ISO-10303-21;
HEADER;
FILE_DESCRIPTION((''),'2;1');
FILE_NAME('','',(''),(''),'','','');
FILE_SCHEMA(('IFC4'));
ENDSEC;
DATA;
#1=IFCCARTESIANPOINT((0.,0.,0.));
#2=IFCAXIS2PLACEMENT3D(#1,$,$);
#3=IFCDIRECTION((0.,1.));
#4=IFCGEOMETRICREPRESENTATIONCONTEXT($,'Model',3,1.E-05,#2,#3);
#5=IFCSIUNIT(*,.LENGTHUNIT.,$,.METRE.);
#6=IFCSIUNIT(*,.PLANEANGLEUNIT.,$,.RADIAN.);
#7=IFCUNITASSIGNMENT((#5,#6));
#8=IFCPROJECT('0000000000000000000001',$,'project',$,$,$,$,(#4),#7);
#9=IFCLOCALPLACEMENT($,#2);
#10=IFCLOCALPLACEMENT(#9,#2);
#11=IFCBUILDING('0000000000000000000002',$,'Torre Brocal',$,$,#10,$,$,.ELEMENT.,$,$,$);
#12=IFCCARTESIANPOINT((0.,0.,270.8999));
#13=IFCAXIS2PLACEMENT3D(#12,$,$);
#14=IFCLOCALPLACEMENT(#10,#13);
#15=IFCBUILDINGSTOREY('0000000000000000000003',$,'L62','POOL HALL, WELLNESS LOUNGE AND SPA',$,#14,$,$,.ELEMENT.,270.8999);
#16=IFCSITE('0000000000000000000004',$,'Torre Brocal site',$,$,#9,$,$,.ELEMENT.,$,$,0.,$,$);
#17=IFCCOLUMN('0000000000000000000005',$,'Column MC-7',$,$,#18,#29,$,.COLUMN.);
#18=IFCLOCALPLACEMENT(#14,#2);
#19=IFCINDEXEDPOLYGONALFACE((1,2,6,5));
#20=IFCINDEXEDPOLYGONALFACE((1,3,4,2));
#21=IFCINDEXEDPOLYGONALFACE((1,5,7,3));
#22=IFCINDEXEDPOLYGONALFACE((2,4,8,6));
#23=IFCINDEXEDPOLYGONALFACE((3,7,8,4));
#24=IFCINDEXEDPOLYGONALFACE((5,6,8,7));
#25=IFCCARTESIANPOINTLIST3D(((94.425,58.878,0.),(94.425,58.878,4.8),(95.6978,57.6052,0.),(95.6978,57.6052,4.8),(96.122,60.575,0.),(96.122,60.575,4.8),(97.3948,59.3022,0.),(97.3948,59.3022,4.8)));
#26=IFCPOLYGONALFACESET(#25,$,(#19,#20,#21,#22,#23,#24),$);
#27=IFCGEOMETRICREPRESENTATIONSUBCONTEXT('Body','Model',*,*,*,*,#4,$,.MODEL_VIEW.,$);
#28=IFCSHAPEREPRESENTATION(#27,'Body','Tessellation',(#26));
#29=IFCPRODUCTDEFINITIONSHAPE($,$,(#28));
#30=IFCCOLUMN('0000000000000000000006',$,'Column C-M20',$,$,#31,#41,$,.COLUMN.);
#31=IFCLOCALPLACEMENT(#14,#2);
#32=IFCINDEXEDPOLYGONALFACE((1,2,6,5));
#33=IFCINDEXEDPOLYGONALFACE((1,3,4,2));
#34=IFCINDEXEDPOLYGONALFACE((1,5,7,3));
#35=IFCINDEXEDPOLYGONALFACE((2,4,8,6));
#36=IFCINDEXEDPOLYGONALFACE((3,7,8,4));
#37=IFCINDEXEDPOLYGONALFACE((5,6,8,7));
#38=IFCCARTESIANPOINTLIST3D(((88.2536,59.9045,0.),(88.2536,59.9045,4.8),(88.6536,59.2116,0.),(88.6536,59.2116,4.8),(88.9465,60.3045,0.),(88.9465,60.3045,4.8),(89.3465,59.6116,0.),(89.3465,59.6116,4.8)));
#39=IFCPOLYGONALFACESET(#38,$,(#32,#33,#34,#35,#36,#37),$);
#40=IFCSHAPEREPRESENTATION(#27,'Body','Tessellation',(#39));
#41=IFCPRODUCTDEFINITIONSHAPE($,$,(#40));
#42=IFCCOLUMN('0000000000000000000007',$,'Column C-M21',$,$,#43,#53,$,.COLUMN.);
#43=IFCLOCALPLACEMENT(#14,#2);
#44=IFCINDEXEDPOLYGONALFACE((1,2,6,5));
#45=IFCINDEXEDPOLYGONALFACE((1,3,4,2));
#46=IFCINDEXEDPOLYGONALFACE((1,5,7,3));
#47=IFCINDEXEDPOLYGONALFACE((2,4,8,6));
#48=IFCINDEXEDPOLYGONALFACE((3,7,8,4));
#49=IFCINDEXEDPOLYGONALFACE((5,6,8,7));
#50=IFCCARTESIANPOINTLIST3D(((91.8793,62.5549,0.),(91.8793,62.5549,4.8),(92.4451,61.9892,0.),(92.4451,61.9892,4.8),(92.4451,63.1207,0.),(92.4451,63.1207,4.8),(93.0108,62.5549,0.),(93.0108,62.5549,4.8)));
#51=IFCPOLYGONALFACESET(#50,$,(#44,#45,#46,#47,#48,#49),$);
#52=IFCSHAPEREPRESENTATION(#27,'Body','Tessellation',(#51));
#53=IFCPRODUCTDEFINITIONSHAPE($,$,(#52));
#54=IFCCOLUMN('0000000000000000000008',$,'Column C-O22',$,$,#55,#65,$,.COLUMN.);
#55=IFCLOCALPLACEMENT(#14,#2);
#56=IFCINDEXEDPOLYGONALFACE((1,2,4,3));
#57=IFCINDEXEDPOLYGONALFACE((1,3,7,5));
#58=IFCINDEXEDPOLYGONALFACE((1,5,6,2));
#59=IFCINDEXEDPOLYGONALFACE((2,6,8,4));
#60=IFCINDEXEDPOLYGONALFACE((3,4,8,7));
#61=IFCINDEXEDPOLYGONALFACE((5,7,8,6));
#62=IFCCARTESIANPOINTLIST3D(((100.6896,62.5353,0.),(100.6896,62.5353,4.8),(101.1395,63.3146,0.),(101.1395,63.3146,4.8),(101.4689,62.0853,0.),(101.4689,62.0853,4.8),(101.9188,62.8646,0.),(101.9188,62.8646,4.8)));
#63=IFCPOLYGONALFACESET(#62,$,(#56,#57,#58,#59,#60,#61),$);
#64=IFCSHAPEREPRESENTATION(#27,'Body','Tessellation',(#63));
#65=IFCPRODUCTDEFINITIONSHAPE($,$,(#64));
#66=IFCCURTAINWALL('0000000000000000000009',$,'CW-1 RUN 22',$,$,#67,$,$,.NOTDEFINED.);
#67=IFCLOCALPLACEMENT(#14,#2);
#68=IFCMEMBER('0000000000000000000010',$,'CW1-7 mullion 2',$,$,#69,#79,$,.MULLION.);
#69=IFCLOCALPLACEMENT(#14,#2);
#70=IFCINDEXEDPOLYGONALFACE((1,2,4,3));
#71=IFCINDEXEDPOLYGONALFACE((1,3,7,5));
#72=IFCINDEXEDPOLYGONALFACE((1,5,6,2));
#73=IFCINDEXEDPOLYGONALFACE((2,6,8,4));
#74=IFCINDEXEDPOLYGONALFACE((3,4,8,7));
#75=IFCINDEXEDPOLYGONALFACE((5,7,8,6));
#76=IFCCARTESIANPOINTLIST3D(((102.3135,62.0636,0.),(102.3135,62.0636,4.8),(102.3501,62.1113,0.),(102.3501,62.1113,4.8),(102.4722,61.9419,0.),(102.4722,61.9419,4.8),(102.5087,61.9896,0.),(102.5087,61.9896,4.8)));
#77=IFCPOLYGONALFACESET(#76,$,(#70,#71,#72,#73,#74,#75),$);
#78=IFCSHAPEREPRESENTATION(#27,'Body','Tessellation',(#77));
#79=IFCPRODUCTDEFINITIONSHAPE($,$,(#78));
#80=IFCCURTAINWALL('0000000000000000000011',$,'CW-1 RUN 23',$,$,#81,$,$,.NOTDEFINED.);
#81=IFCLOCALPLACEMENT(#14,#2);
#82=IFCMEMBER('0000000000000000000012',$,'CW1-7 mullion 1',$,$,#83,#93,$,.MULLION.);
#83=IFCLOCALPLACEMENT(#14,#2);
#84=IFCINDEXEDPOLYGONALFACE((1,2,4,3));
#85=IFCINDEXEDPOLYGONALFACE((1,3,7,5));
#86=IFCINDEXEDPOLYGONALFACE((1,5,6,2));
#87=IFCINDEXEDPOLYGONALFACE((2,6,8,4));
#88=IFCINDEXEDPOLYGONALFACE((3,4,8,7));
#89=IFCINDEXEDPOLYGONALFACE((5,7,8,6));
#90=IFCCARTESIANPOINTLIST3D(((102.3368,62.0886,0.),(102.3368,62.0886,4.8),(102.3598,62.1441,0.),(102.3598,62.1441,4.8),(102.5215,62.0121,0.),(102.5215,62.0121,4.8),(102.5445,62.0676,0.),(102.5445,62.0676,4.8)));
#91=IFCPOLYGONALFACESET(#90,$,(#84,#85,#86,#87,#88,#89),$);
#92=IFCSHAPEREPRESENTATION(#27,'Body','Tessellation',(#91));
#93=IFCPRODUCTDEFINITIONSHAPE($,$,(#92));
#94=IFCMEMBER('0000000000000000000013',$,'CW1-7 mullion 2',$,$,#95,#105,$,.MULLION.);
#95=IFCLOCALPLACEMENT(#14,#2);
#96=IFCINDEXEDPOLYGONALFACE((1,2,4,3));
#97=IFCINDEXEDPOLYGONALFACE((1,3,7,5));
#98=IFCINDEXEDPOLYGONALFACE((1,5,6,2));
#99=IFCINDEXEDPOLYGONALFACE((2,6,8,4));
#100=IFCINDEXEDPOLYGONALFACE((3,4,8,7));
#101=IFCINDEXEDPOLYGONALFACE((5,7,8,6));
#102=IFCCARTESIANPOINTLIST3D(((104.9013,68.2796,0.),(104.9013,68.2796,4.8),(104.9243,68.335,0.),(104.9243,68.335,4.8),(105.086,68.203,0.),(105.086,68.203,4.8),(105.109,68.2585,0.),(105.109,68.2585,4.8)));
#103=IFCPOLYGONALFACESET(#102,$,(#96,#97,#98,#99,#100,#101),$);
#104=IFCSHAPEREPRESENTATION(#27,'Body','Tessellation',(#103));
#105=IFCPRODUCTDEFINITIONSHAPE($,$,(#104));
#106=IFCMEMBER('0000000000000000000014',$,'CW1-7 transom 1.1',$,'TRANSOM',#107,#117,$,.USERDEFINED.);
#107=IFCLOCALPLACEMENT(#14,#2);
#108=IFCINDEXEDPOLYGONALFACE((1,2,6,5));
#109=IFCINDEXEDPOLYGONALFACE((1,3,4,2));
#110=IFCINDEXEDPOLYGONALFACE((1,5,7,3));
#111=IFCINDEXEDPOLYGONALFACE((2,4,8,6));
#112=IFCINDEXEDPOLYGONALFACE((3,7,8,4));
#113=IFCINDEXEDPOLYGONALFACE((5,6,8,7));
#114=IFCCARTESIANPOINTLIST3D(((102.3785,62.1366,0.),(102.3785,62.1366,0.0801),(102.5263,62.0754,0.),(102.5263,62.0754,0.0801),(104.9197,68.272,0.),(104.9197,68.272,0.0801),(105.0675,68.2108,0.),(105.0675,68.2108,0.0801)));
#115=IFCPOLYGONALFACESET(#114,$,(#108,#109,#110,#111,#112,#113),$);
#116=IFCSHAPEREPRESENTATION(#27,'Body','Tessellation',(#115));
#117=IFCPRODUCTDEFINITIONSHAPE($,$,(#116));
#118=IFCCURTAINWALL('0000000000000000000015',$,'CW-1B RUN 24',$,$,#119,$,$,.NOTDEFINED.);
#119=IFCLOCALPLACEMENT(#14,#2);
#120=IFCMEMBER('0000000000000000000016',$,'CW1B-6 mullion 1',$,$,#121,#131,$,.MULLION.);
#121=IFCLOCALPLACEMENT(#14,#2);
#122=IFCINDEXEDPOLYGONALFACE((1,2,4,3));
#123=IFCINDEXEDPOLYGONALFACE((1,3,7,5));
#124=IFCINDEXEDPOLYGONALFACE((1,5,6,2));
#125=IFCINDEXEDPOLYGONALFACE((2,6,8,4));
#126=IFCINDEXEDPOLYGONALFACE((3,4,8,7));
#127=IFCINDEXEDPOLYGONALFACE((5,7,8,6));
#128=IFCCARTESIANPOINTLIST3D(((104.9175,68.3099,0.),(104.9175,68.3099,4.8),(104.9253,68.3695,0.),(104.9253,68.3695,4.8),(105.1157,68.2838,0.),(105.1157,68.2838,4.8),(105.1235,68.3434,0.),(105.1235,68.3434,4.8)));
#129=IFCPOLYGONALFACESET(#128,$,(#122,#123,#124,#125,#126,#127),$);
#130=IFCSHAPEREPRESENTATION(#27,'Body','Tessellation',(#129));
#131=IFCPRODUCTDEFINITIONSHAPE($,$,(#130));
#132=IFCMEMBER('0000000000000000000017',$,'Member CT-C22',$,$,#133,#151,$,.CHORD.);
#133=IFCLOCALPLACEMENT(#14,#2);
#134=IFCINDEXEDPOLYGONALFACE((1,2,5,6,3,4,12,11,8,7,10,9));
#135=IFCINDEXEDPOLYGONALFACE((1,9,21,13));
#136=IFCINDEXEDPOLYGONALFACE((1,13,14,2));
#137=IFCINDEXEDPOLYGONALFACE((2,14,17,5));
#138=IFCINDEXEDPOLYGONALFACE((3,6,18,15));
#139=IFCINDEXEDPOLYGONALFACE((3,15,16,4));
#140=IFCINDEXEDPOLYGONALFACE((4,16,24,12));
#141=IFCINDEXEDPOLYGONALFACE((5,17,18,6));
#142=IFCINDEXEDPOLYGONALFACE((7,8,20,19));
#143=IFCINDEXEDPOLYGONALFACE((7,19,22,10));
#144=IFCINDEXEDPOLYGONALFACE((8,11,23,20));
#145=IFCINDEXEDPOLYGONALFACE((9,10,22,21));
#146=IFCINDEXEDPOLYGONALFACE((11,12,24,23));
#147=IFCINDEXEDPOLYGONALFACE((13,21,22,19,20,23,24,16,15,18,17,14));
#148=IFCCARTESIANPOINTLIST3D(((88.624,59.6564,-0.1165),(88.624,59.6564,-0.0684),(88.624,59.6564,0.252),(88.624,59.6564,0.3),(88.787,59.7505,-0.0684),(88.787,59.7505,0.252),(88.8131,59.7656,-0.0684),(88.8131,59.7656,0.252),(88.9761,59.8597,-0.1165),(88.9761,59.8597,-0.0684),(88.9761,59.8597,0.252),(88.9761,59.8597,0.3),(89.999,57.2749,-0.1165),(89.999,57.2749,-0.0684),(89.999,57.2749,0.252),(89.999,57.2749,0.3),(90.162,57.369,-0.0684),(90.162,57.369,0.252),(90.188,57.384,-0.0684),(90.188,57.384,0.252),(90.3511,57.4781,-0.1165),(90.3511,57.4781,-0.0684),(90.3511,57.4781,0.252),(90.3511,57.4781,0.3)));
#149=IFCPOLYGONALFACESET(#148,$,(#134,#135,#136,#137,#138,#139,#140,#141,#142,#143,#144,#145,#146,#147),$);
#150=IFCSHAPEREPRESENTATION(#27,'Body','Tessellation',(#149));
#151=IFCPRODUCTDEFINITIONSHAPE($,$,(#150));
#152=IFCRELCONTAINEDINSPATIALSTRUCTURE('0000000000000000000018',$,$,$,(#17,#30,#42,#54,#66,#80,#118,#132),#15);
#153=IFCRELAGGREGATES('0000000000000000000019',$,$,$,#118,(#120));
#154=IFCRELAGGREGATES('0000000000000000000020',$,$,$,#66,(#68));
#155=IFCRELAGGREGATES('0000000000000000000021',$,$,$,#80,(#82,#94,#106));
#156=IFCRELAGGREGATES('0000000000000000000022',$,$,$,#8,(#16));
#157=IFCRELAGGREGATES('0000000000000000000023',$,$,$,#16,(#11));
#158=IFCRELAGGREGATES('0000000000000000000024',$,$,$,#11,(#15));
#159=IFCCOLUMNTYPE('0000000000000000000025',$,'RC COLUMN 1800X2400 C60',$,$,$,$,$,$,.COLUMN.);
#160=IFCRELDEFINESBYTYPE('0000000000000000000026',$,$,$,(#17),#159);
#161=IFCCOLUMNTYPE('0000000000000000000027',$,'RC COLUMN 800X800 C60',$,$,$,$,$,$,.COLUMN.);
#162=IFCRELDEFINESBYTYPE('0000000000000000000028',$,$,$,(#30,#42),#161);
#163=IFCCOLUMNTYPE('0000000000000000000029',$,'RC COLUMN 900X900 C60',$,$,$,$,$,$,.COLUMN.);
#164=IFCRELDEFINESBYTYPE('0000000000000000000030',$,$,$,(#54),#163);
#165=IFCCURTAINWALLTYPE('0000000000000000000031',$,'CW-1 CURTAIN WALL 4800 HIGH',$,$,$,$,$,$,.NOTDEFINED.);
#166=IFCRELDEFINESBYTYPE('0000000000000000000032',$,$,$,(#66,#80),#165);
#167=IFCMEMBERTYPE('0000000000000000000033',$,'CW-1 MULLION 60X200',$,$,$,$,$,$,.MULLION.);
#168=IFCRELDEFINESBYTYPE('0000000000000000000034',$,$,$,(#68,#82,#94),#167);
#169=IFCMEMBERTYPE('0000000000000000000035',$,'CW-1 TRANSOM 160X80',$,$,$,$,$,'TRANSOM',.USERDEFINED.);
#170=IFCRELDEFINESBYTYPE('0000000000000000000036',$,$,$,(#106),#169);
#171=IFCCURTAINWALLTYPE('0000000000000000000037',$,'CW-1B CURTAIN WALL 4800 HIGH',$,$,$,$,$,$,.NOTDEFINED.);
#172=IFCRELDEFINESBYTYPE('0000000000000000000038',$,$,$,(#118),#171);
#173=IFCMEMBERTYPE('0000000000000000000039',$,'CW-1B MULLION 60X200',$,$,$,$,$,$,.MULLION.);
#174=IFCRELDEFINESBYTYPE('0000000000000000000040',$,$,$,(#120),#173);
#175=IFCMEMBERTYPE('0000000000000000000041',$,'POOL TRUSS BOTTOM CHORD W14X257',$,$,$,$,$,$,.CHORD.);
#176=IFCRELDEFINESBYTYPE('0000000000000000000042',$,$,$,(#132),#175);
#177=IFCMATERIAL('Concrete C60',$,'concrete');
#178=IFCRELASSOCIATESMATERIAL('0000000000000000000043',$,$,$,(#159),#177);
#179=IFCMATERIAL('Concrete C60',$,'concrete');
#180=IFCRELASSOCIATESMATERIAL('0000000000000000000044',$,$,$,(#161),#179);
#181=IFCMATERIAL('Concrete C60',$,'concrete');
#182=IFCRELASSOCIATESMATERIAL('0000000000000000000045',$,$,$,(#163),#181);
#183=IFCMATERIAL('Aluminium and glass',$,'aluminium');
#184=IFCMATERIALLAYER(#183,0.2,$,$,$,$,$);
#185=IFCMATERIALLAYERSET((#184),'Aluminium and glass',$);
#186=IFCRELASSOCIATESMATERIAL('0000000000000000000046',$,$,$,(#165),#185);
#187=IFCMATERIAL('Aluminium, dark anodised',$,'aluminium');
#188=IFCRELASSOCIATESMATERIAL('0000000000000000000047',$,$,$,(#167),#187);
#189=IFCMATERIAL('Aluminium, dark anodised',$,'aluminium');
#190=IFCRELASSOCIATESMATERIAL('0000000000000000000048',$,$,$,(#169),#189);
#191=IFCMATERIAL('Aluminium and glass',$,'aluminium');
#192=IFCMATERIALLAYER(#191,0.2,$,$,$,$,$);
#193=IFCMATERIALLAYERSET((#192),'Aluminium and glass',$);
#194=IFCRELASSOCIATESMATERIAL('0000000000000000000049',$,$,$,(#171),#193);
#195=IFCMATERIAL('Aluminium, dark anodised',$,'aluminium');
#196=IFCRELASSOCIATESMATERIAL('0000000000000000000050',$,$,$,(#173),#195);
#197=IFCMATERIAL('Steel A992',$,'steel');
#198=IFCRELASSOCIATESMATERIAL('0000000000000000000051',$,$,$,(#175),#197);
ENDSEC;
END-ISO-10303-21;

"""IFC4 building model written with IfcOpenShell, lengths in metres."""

from ifc_helpers import new_model, si_unit, direction, frame, origin, origin_2d, place, context, subcontext, project, spatial, rectangle, i_section, extrude, material, layer, layer_set, material_profile, profile_set, type_object, element, aggregate, save


model = new_model("IFC4")

# Units and contexts
model_context = context("Model", 3, precision=1e-05, world=origin(), true_north=direction((0.0, 1.0)))
body_context = subcontext(model_context, "Body", "Model", "MODEL_VIEW")
ifc_project = project(units=[si_unit("LENGTHUNIT", "METRE"), si_unit("PLANEANGLEUNIT", "RADIAN")], contexts=[model_context])

# Site, building, storey
site_placement = place(None, origin())
site = spatial("IfcSite", under=ifc_project, at=site_placement, Name="Torre Brocal site", CompositionType="ELEMENT", RefElevation=0.0)
building_placement = place(site_placement, origin())
building = spatial("IfcBuilding", under=site, at=building_placement, Name="Torre Brocal", CompositionType="ELEMENT")
storey_placement = place(building_placement, frame((0.0, 0.0, 270.8999)))
storey = spatial("IfcBuildingStorey", under=building, at=storey_placement, Name="L62", Description="POOL HALL, WELLNESS LOUNGE AND SPA", CompositionType="ELEMENT", Elevation=270.8999)

# Columns
ifc_material_1 = material(Name="Concrete C60", Category="concrete")
ifc_material_profile_1 = material_profile(ifc_material_1, rectangle(XDim=1.8, YDim=2.3999, at=origin_2d()), Name="RC 1800X2400")
ifc_profile_set_1 = profile_set([ifc_material_profile_1], Name="Concrete C60")
column_type_1 = type_object("IfcColumnType", Name="RC COLUMN 1800X2400 C60", PredefinedType="COLUMN", material=ifc_profile_set_1)
column_1_placement = place(storey_placement, frame((95.9099, 59.0901, 0.0), z_axis=(0.0, 0.0, 1.0), x_axis=(0.707107, -0.707107, 0.0)))
element("IfcColumn", 1, at=column_1_placement, inside=storey, type_object=column_type_1, Name="Column MC-7", PredefinedType="COLUMN", context=body_context, shape_type="SweptSolid", body=[
    extrude(rectangle(XDim=1.8, YDim=2.3999, at=origin_2d()), origin(), (0.0, 0.0, 1.0), 4.8),
])
ifc_material_2 = material(Name="Concrete C60", Category="concrete")
ifc_material_profile_2 = material_profile(ifc_material_2, rectangle(XDim=0.8, YDim=0.8, at=origin_2d()), Name="RC 800X800")
ifc_profile_set_2 = profile_set([ifc_material_profile_2], Name="Concrete C60")
column_type_2 = type_object("IfcColumnType", Name="RC COLUMN 800X800 C60", PredefinedType="COLUMN", material=ifc_profile_set_2)
for number, where, z_axis, x_axis, name in (
    (2, (88.8, 59.7581, 0.0), (0.0, 0.0, 1.0), (0.5, -0.866025, 0.0), "Column C-M20"),
    (3, (92.4451, 62.5549, 0.0), (0.0, 0.0, 1.0), (0.707107, -0.707107, 0.0), "Column C-M21"),
):
    element("IfcColumn", number, at=place(storey_placement, frame(where, z_axis=z_axis, x_axis=x_axis)), inside=storey, type_object=column_type_2, Name=name, PredefinedType="COLUMN", context=body_context, shape_type="SweptSolid", body=[
        extrude(rectangle(XDim=0.8, YDim=0.8, at=origin_2d()), origin(), (0.0, 0.0, 1.0), 4.8),
    ])
ifc_material_3 = material(Name="Concrete C60", Category="concrete")
ifc_material_profile_3 = material_profile(ifc_material_3, rectangle(XDim=0.8999, YDim=0.8999, at=origin_2d()), Name="RC 900X900")
ifc_profile_set_3 = profile_set([ifc_material_profile_3], Name="Concrete C60")
column_type_3 = type_object("IfcColumnType", Name="RC COLUMN 900X900 C60", PredefinedType="COLUMN", material=ifc_profile_set_3)
column_2_placement = place(storey_placement, frame((101.3042, 62.7, 0.0), z_axis=(0.0, 0.0, 1.0), x_axis=(0.866025, -0.5, 0.0)))
element("IfcColumn", 4, at=column_2_placement, inside=storey, type_object=column_type_3, Name="Column C-O22", PredefinedType="COLUMN", context=body_context, shape_type="SweptSolid", body=[
    extrude(rectangle(XDim=0.8999, YDim=0.8999, at=origin_2d()), origin(), (0.0, 0.0, 1.0), 4.8),
])

# Curtain wall, member
ifc_material_4 = material(Name="Aluminium and glass", Category="aluminium")
ifc_layer_1 = layer(ifc_material_4, 0.2)
ifc_layer_set_1 = layer_set([ifc_layer_1], Name="Aluminium and glass")
curtain_wall_type_1 = type_object("IfcCurtainWallType", Name="CW-1 CURTAIN WALL 4800 HIGH", PredefinedType="NOTDEFINED", material=ifc_layer_set_1)
curtain_wall_1_placement = place(storey_placement, origin())
curtain_wall_1 = element("IfcCurtainWall", 5, at=curtain_wall_1_placement, inside=storey, type_object=curtain_wall_type_1, Name="CW-1 RUN 22", PredefinedType="NOTDEFINED")
ifc_material_5 = material(Name="Aluminium, dark anodised", Category="aluminium")
ifc_material_profile_4 = material_profile(ifc_material_5, rectangle(XDim=0.2, YDim=0.0601, at=origin_2d()), Name="CW-1 MULLION 60X200")
ifc_profile_set_4 = profile_set([ifc_material_profile_4], Name="Aluminium, dark anodised")
member_type_1 = type_object("IfcMemberType", Name="CW-1 MULLION 60X200", PredefinedType="MULLION", material=ifc_profile_set_4)
member_1_placement = place(storey_placement, frame((102.4111, 62.0266, 0.0), z_axis=(0.0, 0.0, 1.0), x_axis=(-0.793353, 0.608761, 0.0)))
member_1 = element("IfcMember", 6, at=member_1_placement, type_object=member_type_1, Name="CW1-7 mullion 2", PredefinedType="MULLION", context=body_context, shape_type="SweptSolid", body=[
    extrude(rectangle(XDim=0.2, YDim=0.0601, at=origin_2d()), origin(), (0.0, 0.0, 1.0), 4.8),
])

# Curtain wall, members
curtain_wall_2_placement = place(storey_placement, origin())
curtain_wall_2 = element("IfcCurtainWall", 7, at=curtain_wall_2_placement, inside=storey, type_object=curtain_wall_type_1, Name="CW-1 RUN 23", PredefinedType="NOTDEFINED")
member_2_placement = place(storey_placement, frame((102.4407, 62.0781, 0.0), z_axis=(0.0, 0.0, 1.0), x_axis=(-0.92388, 0.382683, 0.0)))
member_2 = element("IfcMember", 8, at=member_2_placement, type_object=member_type_1, Name="CW1-7 mullion 1", PredefinedType="MULLION", context=body_context, shape_type="SweptSolid", body=[
    extrude(rectangle(XDim=0.2, YDim=0.0601, at=origin_2d()), origin(), (0.0, 0.0, 1.0), 4.8),
])
member_3_placement = place(storey_placement, frame((105.0051, 68.269, 0.0), z_axis=(0.0, 0.0, 1.0), x_axis=(-0.92388, 0.382683, 0.0)))
member_3 = element("IfcMember", 9, at=member_3_placement, type_object=member_type_1, Name="CW1-7 mullion 2", PredefinedType="MULLION", context=body_context, shape_type="SweptSolid", body=[
    extrude(rectangle(XDim=0.2, YDim=0.0601, at=origin_2d()), origin(), (0.0, 0.0, 1.0), 4.8),
])
ifc_material_6 = material(Name="Aluminium, dark anodised", Category="aluminium")
ifc_material_profile_5 = material_profile(ifc_material_6, rectangle(XDim=0.1599, YDim=0.0801, at=origin_2d()), Name="CW-1 TRANSOM 160X80")
ifc_profile_set_5 = profile_set([ifc_material_profile_5], Name="Aluminium, dark anodised")
member_type_2 = type_object("IfcMemberType", Name="CW-1 TRANSOM 160X80", ElementType="TRANSOM", PredefinedType="USERDEFINED", material=ifc_profile_set_5)
member_4_placement = place(storey_placement, frame((102.4524, 62.106, 0.04), z_axis=(0.382665, 0.923887, 0.0), x_axis=(-0.923887, 0.382665, 0.0)))
member_4 = element("IfcMember", 10, at=member_4_placement, type_object=member_type_2, Name="CW1-7 transom 1.1", ObjectType="TRANSOM", PredefinedType="USERDEFINED", context=body_context, shape_type="SweptSolid", body=[
    extrude(rectangle(XDim=0.1599, YDim=0.0801, at=origin_2d()), origin(), (0.0, 0.0, 1.0), 6.6409),
])

# Curtain wall, member
ifc_material_7 = material(Name="Aluminium and glass", Category="aluminium")
ifc_layer_2 = layer(ifc_material_7, 0.2)
ifc_layer_set_2 = layer_set([ifc_layer_2], Name="Aluminium and glass")
curtain_wall_type_2 = type_object("IfcCurtainWallType", Name="CW-1B CURTAIN WALL 4800 HIGH", PredefinedType="NOTDEFINED", material=ifc_layer_set_2)
curtain_wall_3_placement = place(storey_placement, origin())
curtain_wall_3 = element("IfcCurtainWall", 11, at=curtain_wall_3_placement, inside=storey, type_object=curtain_wall_type_2, Name="CW-1B RUN 24", PredefinedType="NOTDEFINED")
ifc_material_8 = material(Name="Aluminium, dark anodised", Category="aluminium")
ifc_material_profile_6 = material_profile(ifc_material_8, rectangle(XDim=0.2, YDim=0.0601, at=origin_2d()), Name="CW-1B MULLION 60X200")
ifc_profile_set_6 = profile_set([ifc_material_profile_6], Name="Aluminium, dark anodised")
member_type_3 = type_object("IfcMemberType", Name="CW-1B MULLION 60X200", PredefinedType="MULLION", material=ifc_profile_set_6)
member_5_placement = place(storey_placement, frame((105.0205, 68.3267, 0.0), z_axis=(0.0, 0.0, 1.0), x_axis=(-0.991445, 0.130526, 0.0)))
member_5 = element("IfcMember", 12, at=member_5_placement, type_object=member_type_3, Name="CW1B-6 mullion 1", PredefinedType="MULLION", context=body_context, shape_type="SweptSolid", body=[
    extrude(rectangle(XDim=0.2, YDim=0.0601, at=origin_2d()), origin(), (0.0, 0.0, 1.0), 4.8),
])
aggregate(curtain_wall_3, [member_5])

# Member
ifc_material_9 = material(Name="Steel A992", Category="steel")
ifc_material_profile_7 = material_profile(ifc_material_9, i_section(OverallWidth=0.4065, OverallDepth=0.4165, WebThickness=0.03, FlangeThickness=0.0481, at=origin_2d()), Name="W14X257")
ifc_profile_set_7 = profile_set([ifc_material_profile_7], Name="Steel A992")
member_type_4 = type_object("IfcMemberType", Name="POOL TRUSS BOTTOM CHORD W14X257", PredefinedType="CHORD", material=ifc_profile_set_7)
member_6_placement = place(storey_placement, frame((88.8, 59.7581, 0.0918), z_axis=(0.499997, -0.866027, 0.0), x_axis=(0.866027, 0.499997, 0.0)))
element("IfcMember", 13, at=member_6_placement, inside=storey, type_object=member_type_4, Name="Member CT-C22", PredefinedType="CHORD", context=body_context, shape_type="SweptSolid", body=[
    extrude(i_section(OverallWidth=0.4065, OverallDepth=0.4165, WebThickness=0.03, FlangeThickness=0.0481, at=origin_2d()), origin(), (0.0, 0.0, 1.0), 2.75),
])

aggregate(curtain_wall_1, [member_1])
aggregate(curtain_wall_2, [member_2, member_3, member_4])

save(model, "model.ifc")
